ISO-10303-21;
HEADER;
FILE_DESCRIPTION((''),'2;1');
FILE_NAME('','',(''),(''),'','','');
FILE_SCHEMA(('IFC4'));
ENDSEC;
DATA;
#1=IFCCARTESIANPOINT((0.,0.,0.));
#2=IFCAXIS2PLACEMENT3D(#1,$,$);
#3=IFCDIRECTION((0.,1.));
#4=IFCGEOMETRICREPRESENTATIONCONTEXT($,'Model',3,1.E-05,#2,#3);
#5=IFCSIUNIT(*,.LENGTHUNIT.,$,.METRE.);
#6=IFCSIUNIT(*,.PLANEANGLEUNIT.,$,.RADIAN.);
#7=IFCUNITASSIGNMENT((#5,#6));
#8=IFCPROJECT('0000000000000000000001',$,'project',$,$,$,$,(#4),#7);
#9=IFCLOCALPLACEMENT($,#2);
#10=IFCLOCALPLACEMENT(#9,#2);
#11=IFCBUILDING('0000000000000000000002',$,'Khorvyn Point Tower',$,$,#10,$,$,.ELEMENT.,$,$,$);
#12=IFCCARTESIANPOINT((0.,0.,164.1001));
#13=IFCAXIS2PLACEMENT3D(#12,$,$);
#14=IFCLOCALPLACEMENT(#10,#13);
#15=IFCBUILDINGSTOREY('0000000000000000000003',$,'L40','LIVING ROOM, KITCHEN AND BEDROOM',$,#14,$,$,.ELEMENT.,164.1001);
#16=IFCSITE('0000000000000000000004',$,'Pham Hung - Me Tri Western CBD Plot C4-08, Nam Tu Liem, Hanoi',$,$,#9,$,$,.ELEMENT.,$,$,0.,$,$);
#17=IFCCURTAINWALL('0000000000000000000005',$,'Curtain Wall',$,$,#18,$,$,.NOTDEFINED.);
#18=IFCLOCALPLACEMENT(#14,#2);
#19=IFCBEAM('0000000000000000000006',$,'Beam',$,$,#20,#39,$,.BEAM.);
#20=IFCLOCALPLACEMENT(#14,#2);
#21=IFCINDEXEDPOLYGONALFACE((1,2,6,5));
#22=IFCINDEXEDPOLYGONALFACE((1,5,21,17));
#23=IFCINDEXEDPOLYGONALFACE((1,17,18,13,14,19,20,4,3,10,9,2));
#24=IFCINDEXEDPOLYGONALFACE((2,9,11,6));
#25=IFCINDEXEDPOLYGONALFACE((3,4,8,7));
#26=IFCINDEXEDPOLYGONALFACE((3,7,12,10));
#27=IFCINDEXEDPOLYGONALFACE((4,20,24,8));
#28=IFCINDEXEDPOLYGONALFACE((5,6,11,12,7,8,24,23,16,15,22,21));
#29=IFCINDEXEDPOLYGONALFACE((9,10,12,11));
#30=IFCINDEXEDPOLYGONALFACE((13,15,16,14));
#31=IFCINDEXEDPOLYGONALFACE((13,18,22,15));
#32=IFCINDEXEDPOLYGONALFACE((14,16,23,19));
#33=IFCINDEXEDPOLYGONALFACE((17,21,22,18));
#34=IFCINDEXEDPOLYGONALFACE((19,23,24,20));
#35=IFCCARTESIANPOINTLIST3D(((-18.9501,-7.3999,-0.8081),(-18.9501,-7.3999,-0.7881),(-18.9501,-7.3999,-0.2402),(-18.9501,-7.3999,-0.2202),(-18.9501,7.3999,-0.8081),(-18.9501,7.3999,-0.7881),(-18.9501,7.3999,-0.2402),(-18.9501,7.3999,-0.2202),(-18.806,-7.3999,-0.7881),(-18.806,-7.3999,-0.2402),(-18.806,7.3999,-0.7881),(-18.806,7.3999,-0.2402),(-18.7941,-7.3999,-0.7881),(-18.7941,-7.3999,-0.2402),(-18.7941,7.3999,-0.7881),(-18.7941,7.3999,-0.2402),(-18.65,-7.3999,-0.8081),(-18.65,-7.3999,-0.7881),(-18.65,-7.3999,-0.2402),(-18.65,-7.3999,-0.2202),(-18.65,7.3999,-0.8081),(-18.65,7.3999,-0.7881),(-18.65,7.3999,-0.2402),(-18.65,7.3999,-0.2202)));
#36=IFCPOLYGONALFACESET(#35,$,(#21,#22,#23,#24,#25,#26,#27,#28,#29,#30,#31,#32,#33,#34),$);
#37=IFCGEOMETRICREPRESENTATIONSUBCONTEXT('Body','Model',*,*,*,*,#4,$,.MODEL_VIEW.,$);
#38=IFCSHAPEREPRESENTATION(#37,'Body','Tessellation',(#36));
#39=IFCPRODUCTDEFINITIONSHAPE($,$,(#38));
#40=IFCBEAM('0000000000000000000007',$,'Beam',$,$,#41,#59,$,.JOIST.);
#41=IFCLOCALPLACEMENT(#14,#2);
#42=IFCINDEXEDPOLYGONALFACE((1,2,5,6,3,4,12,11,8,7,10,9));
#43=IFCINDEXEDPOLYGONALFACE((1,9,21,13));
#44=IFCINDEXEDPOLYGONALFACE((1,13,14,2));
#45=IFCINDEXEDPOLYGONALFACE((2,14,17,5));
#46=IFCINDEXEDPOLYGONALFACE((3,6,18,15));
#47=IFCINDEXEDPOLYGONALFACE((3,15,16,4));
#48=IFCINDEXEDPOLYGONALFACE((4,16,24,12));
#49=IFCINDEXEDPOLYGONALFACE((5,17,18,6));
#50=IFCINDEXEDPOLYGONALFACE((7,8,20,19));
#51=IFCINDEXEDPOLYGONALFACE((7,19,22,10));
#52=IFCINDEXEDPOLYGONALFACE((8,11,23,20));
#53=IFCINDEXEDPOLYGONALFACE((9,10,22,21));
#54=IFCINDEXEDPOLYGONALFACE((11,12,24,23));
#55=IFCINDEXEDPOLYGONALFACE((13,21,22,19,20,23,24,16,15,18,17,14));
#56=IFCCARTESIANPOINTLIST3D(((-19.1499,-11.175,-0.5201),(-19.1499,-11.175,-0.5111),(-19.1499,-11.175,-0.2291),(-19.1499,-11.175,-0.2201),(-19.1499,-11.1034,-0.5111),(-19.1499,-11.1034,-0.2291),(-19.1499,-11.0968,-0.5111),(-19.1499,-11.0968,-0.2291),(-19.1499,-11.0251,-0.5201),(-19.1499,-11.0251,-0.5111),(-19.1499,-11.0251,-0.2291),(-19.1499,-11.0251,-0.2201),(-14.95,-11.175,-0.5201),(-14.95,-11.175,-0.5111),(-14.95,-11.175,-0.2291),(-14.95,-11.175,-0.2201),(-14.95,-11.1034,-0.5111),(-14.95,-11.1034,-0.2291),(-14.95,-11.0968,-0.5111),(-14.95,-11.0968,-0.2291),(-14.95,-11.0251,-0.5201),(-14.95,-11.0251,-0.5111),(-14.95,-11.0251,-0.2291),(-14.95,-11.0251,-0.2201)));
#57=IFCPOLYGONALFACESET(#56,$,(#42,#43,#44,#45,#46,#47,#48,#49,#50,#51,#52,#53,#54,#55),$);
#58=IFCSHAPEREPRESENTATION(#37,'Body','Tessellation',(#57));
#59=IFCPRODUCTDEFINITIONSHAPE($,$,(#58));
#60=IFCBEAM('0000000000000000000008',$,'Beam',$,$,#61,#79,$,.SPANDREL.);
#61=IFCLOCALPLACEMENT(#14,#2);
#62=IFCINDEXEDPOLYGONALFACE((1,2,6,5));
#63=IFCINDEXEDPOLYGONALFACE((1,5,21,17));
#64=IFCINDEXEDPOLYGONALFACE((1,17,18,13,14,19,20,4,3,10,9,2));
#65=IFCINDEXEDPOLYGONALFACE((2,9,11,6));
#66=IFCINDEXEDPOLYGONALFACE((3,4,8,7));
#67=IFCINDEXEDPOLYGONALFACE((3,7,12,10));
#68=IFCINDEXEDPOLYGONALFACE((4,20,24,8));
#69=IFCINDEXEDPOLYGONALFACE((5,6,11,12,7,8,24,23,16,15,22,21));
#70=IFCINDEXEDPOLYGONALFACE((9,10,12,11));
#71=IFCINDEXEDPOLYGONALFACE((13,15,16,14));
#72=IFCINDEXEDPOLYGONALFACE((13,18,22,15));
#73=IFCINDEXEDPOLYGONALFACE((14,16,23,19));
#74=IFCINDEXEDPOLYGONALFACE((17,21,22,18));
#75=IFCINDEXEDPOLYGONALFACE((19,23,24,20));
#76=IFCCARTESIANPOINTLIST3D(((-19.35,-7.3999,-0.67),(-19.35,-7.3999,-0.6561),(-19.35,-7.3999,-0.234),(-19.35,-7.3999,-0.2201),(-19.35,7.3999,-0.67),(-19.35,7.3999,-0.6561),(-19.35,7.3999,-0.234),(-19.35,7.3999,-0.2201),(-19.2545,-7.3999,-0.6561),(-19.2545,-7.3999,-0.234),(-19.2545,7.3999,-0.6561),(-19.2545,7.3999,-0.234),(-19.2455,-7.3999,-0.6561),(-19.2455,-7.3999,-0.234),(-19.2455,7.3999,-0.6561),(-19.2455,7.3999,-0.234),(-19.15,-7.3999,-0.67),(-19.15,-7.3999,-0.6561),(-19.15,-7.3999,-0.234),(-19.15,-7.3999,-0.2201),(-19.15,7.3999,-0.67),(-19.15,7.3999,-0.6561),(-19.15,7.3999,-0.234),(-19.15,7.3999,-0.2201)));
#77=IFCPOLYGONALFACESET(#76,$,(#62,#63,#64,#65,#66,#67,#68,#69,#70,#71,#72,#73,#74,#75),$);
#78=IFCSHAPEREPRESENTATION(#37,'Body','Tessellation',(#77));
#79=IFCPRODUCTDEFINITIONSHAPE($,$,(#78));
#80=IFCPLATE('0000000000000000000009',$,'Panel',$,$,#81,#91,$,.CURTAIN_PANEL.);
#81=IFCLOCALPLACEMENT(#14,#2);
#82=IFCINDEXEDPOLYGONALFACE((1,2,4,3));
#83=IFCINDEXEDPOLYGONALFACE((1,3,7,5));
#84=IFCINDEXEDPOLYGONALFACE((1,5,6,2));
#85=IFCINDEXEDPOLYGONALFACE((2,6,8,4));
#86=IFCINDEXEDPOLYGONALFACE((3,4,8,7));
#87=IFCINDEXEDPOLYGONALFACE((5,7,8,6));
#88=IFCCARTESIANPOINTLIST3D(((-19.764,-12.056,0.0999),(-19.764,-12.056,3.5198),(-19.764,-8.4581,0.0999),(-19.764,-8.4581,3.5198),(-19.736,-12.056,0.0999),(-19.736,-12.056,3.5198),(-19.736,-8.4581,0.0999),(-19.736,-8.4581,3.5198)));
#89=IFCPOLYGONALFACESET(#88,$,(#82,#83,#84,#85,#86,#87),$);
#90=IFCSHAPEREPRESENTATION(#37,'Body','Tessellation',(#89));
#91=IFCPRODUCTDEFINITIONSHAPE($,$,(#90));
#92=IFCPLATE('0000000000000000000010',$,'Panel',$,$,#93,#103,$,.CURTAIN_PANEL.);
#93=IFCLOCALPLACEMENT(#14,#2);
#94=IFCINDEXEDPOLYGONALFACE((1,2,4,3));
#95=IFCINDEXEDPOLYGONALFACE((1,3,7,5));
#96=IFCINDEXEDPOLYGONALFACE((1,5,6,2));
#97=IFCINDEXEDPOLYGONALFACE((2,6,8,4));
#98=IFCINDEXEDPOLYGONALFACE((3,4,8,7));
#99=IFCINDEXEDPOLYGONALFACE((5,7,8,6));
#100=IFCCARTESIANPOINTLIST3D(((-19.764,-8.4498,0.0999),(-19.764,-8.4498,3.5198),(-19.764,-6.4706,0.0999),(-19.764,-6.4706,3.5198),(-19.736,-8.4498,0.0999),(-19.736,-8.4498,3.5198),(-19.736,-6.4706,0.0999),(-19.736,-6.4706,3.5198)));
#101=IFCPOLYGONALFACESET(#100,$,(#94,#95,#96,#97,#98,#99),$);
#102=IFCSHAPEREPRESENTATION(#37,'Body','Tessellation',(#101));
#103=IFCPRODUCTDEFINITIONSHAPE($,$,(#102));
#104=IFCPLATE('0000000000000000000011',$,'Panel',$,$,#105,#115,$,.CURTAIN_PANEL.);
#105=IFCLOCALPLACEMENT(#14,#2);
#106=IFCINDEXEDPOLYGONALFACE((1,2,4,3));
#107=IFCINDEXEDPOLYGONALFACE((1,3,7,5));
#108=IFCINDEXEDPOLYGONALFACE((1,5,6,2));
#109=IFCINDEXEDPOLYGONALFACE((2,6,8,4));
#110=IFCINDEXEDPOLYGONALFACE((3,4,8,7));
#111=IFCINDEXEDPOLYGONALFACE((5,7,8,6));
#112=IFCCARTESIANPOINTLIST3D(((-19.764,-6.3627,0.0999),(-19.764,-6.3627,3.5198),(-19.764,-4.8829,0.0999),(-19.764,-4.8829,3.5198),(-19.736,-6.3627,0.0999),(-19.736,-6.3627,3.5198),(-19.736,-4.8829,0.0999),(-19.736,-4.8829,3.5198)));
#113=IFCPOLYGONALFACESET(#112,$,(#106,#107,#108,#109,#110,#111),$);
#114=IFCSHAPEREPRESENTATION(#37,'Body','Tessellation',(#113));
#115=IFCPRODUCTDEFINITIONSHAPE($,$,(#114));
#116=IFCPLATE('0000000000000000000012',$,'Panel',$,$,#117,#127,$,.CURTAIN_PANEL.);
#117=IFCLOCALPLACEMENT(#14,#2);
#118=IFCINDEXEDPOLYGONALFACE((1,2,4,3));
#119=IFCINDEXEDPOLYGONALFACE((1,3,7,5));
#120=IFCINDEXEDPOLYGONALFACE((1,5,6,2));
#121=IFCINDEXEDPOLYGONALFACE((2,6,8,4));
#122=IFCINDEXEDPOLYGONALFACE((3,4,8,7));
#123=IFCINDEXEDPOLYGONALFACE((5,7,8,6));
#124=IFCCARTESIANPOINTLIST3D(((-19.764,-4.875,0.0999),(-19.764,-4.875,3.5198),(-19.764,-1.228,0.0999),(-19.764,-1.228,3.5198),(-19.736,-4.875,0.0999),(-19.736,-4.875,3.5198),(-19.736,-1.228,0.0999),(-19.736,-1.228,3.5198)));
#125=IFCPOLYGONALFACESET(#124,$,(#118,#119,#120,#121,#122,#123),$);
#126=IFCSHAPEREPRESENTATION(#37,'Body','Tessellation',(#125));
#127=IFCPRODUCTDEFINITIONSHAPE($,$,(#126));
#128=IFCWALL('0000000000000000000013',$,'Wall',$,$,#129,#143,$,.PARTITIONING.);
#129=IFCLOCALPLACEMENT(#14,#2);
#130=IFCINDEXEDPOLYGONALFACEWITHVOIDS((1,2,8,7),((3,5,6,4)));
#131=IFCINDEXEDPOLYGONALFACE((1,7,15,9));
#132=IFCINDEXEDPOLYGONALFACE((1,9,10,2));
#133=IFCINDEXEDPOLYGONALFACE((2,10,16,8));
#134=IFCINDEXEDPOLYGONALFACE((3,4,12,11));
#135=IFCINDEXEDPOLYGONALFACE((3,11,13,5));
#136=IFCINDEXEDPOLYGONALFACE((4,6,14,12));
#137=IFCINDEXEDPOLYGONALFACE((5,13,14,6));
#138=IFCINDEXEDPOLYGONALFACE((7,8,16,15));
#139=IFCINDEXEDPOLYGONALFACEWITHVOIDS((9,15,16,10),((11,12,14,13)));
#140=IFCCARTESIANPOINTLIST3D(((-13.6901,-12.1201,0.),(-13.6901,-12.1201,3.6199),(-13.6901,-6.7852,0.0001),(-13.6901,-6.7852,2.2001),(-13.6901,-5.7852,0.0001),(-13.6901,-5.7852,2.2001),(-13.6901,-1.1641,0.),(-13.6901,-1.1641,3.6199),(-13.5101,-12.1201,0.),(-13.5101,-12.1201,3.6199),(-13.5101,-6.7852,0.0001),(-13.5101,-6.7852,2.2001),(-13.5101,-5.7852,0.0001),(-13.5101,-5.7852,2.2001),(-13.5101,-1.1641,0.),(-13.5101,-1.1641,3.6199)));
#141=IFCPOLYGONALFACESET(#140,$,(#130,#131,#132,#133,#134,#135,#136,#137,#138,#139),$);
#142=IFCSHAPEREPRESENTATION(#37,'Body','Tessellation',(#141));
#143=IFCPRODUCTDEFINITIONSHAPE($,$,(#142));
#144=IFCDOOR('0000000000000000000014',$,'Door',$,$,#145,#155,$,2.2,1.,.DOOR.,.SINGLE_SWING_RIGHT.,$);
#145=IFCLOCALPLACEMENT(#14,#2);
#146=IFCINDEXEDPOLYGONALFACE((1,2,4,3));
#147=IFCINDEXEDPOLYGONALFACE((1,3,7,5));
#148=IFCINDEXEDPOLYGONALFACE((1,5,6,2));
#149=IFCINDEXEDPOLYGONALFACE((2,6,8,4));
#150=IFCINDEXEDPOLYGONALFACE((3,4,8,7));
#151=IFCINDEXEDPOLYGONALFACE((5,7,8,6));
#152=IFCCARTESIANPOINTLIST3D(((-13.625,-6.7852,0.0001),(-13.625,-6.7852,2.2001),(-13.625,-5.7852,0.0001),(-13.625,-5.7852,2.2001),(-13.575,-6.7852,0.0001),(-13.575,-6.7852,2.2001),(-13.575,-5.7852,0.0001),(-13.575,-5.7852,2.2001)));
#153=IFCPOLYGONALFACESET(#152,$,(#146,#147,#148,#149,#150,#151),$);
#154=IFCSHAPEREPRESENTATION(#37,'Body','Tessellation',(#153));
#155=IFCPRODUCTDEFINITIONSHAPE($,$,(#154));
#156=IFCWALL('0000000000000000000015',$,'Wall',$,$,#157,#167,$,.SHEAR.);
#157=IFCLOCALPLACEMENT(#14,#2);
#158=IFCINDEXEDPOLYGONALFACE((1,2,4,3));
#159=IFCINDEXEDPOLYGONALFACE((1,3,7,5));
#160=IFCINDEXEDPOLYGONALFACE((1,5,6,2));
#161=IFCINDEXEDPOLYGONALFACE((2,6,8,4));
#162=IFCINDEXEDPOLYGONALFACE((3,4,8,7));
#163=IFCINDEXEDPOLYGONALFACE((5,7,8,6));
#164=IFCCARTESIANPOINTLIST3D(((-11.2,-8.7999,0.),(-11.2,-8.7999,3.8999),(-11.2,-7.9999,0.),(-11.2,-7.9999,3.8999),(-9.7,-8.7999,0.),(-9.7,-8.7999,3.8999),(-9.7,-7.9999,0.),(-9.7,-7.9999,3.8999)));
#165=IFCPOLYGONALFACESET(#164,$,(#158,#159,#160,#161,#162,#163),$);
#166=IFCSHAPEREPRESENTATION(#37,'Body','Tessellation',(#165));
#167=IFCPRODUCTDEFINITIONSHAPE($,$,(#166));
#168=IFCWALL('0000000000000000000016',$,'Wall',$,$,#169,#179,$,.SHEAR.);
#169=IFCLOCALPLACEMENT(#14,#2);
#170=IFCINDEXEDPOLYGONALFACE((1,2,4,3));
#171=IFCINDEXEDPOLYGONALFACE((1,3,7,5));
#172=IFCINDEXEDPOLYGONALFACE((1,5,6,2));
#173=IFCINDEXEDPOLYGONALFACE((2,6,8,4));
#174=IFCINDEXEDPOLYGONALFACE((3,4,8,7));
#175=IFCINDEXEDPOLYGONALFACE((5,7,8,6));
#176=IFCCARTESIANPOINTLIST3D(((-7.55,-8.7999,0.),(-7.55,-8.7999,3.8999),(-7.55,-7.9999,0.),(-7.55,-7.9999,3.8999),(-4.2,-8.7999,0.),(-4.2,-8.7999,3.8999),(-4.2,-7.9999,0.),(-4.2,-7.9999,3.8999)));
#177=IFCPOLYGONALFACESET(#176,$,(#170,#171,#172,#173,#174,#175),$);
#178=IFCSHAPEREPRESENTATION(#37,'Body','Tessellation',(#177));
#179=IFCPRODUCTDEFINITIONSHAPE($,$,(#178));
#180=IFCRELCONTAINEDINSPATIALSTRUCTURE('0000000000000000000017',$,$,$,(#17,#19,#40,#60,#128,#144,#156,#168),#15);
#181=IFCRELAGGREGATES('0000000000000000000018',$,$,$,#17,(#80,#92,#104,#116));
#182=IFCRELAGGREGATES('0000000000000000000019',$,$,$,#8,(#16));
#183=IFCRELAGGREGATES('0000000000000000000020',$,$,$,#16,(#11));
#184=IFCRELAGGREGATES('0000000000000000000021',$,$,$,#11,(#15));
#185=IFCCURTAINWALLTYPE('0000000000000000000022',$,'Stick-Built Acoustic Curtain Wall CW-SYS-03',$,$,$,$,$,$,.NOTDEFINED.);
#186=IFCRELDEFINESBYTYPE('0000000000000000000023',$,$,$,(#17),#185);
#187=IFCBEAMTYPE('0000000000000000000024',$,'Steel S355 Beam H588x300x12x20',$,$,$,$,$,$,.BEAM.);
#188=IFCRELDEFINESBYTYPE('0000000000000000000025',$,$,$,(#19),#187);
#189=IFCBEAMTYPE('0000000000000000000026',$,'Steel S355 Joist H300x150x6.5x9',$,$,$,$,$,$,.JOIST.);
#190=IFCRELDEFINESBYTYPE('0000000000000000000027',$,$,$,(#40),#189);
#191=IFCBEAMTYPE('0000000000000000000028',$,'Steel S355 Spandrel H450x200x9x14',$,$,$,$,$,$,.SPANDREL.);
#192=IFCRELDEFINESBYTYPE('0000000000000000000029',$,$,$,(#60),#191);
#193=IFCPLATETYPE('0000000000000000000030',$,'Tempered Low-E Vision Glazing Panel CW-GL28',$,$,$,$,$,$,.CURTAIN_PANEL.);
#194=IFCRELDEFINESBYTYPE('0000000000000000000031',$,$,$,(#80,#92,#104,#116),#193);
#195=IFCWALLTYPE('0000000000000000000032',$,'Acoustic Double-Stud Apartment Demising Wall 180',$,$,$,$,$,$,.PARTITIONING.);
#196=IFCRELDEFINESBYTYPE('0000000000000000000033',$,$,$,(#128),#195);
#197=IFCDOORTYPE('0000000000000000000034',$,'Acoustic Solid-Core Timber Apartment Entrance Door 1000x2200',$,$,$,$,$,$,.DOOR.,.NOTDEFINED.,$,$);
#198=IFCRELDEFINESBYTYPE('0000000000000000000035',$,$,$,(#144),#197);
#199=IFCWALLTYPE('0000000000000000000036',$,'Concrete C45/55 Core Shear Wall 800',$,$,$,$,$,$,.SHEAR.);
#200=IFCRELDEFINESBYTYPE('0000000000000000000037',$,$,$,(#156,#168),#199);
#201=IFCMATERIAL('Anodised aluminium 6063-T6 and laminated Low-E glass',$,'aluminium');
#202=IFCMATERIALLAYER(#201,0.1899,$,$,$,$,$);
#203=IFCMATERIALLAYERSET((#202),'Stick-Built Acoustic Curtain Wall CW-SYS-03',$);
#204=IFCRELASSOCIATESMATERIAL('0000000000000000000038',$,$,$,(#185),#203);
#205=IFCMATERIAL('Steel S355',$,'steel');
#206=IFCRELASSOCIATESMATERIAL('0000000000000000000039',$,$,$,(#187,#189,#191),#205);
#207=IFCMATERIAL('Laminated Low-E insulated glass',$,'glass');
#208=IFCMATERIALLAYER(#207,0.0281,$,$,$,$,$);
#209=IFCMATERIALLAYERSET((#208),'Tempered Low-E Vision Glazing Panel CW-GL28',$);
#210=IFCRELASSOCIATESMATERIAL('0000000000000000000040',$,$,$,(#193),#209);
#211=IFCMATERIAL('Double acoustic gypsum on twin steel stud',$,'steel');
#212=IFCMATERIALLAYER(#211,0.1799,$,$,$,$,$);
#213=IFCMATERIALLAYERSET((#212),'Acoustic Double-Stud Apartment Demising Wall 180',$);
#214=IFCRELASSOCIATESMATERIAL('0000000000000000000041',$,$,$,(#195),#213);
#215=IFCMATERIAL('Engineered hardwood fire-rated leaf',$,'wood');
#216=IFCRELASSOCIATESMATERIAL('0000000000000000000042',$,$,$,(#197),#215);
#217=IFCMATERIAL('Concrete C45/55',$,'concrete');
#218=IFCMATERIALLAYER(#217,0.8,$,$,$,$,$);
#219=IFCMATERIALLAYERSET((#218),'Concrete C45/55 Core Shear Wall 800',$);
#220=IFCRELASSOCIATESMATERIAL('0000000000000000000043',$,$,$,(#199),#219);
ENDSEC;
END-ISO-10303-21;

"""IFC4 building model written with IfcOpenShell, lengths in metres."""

from ifc_helpers import new_model, si_unit, direction, frame, frame_2d, origin, origin_2d, place, context, subcontext, project, spatial, rectangle, i_section, extrude, material, layer, layer_set, material_profile, profile_set, type_object, element, fill, aggregate, save


model = new_model("IFC4")

# Units and contexts
model_context = context("Model", 3, precision=1e-05, world=origin(), true_north=direction((0.0, 1.0)))
body_context = subcontext(model_context, "Body", "Model", "MODEL_VIEW")
ifc_project = project(units=[si_unit("LENGTHUNIT", "METRE"), si_unit("PLANEANGLEUNIT", "RADIAN")], contexts=[model_context])

# Site, building, storey
site_placement = place(None, origin())
site = spatial("IfcSite", under=ifc_project, at=site_placement, Name="Pham Hung - Me Tri Western CBD Plot C4-08, Nam Tu Liem, Hanoi", CompositionType="ELEMENT", RefElevation=0.0)
building_placement = place(site_placement, origin())
building = spatial("IfcBuilding", under=site, at=building_placement, Name="Khorvyn Point Tower", CompositionType="ELEMENT")
storey_placement = place(building_placement, frame((0.0, 0.0, 164.1001)))
storey = spatial("IfcBuildingStorey", under=building, at=storey_placement, Name="L40", Description="LIVING ROOM, KITCHEN AND BEDROOM", CompositionType="ELEMENT", Elevation=164.1001)

# Shared definitions
ifc_material_1 = material(Name="Concrete C45/55", Category="concrete")

# Curtain wall
ifc_material_2 = material(Name="Anodised aluminium 6063-T6 and laminated Low-E glass", Category="aluminium")
ifc_layer_1 = layer(ifc_material_2, 0.1899)
ifc_layer_set_1 = layer_set([ifc_layer_1], Name="Stick-Built Acoustic Curtain Wall CW-SYS-03")
curtain_wall_type = type_object("IfcCurtainWallType", Name="Stick-Built Acoustic Curtain Wall CW-SYS-03", PredefinedType="NOTDEFINED", material=ifc_layer_set_1)
curtain_wall_placement = place(storey_placement, origin())
curtain_wall = element("IfcCurtainWall", 1, at=curtain_wall_placement, inside=storey, type_object=curtain_wall_type, Name="Curtain Wall", PredefinedType="NOTDEFINED")

# Beams
ifc_material_3 = material(Name="Steel S355", Category="steel")
ifc_material_profile_1 = material_profile(ifc_material_3, i_section(OverallWidth=0.3, OverallDepth=0.5879, WebThickness=0.012, FlangeThickness=0.02, at=origin_2d()))
ifc_profile_set_1 = profile_set([ifc_material_profile_1], Name="Steel S355 H588x300x12x20")
beam_type_1 = type_object("IfcBeamType", Name="Steel S355 Beam H588x300x12x20", PredefinedType="BEAM", material=ifc_profile_set_1)
for number, where, z_axis, x_axis, name in (
    (2, (-18.8, -7.3999, -0.5142), (0.0, 1.0, 0.0), (-1.0, 0.0, 0.0), "Beam"),
):
    element("IfcBeam", number, at=place(storey_placement, frame(where, z_axis=z_axis, x_axis=x_axis)), inside=storey, type_object=beam_type_1, Name=name, PredefinedType="BEAM", context=body_context, shape_type="SweptSolid", body=[
        extrude(i_section(OverallWidth=0.3, OverallDepth=0.5879, WebThickness=0.012, FlangeThickness=0.02, at=origin_2d()), origin(), (0.0, 0.0, 1.0), 14.7998),
    ])
ifc_material_profile_2 = material_profile(ifc_material_3, i_section(OverallWidth=0.1499, OverallDepth=0.3, WebThickness=0.0066, FlangeThickness=0.009, at=origin_2d()))
ifc_profile_set_2 = profile_set([ifc_material_profile_2], Name="Steel S355 H300x150x6.5x9")
beam_type_2 = type_object("IfcBeamType", Name="Steel S355 Joist H300x150x6.5x9", PredefinedType="JOIST", material=ifc_profile_set_2)
beam_1_placement = place(storey_placement, frame((-19.1499, -11.1001, -0.3701), z_axis=(1.0, 0.0, 0.0), x_axis=(0.0, 1.0, 0.0)))
element("IfcBeam", 3, at=beam_1_placement, inside=storey, type_object=beam_type_2, Name="Beam", PredefinedType="JOIST", context=body_context, shape_type="SweptSolid", body=[
    extrude(i_section(OverallWidth=0.1499, OverallDepth=0.3, WebThickness=0.0066, FlangeThickness=0.009, at=origin_2d()), origin(), (0.0, 0.0, 1.0), 4.2),
])
ifc_material_profile_3 = material_profile(ifc_material_3, i_section(OverallWidth=0.2, OverallDepth=0.45, WebThickness=0.009, FlangeThickness=0.0139, at=origin_2d()))
ifc_profile_set_3 = profile_set([ifc_material_profile_3], Name="Steel S355 H450x200x9x14")
beam_type_3 = type_object("IfcBeamType", Name="Steel S355 Spandrel H450x200x9x14", PredefinedType="SPANDREL", material=ifc_profile_set_3)
beam_2_placement = place(storey_placement, frame((-19.25, -7.3999, -0.4451), z_axis=(0.0, 1.0, 0.0), x_axis=(-1.0, 0.0, 0.0)))
element("IfcBeam", 4, at=beam_2_placement, inside=storey, type_object=beam_type_3, Name="Beam", PredefinedType="SPANDREL", context=body_context, shape_type="SweptSolid", body=[
    extrude(i_section(OverallWidth=0.2, OverallDepth=0.45, WebThickness=0.009, FlangeThickness=0.0139, at=origin_2d()), origin(), (0.0, 0.0, 1.0), 14.7998),
])

# Plates
ifc_material_4 = material(Name="Laminated Low-E insulated glass", Category="glass")
ifc_layer_2 = layer(ifc_material_4, 0.0281)
ifc_layer_set_2 = layer_set([ifc_layer_2], Name="Tempered Low-E Vision Glazing Panel CW-GL28")
plate_type = type_object("IfcPlateType", Name="Tempered Low-E Vision Glazing Panel CW-GL28", PredefinedType="CURTAIN_PANEL", material=ifc_layer_set_2)
plate_1_placement = place(storey_placement, frame((-19.75, -10.2571, 0.0999), z_axis=(0.0, 0.0, 1.0), x_axis=(0.0, 1.0, 0.0)))
plate_1 = element("IfcPlate", 5, at=plate_1_placement, type_object=plate_type, Name="Panel", PredefinedType="CURTAIN_PANEL", context=body_context, shape_type="SweptSolid", body=[
    extrude(rectangle(XDim=3.5979, YDim=0.0281, at=origin_2d()), origin(), (0.0, 0.0, 1.0), 3.4199),
])
plate_2_placement = place(storey_placement, frame((-19.75, -7.4602, 0.0999), z_axis=(0.0, 0.0, 1.0), x_axis=(0.0, 1.0, 0.0)))
plate_2 = element("IfcPlate", 6, at=plate_2_placement, type_object=plate_type, Name="Panel", PredefinedType="CURTAIN_PANEL", context=body_context, shape_type="SweptSolid", body=[
    extrude(rectangle(XDim=1.9792, YDim=0.0281, at=origin_2d()), origin(), (0.0, 0.0, 1.0), 3.4199),
])
plate_3_placement = place(storey_placement, frame((-19.75, -5.6228, 0.0999), z_axis=(0.0, 0.0, 1.0), x_axis=(0.0, 1.0, 0.0)))
plate_3 = element("IfcPlate", 7, at=plate_3_placement, type_object=plate_type, Name="Panel", PredefinedType="CURTAIN_PANEL", context=body_context, shape_type="SweptSolid", body=[
    extrude(rectangle(XDim=1.4797, YDim=0.0281, at=origin_2d()), origin(), (0.0, 0.0, 1.0), 3.4199),
])
plate_4_placement = place(storey_placement, frame((-19.75, -3.0515, 0.0999), z_axis=(0.0, 0.0, 1.0), x_axis=(0.0, 1.0, 0.0)))
plate_4 = element("IfcPlate", 8, at=plate_4_placement, type_object=plate_type, Name="Panel", PredefinedType="CURTAIN_PANEL", context=body_context, shape_type="SweptSolid", body=[
    extrude(rectangle(XDim=3.647, YDim=0.0281, at=origin_2d()), origin(), (0.0, 0.0, 1.0), 3.4199),
])
aggregate(curtain_wall, [plate_1, plate_2, plate_3, plate_4])

# Wall, opening, door
ifc_material_5 = material(Name="Double acoustic gypsum on twin steel stud", Category="steel")
ifc_layer_3 = layer(ifc_material_5, 0.1799)
ifc_layer_set_3 = layer_set([ifc_layer_3], Name="Acoustic Double-Stud Apartment Demising Wall 180")
wall_type_1 = type_object("IfcWallType", Name="Acoustic Double-Stud Apartment Demising Wall 180", PredefinedType="PARTITIONING", material=ifc_layer_set_3)
wall_1_placement = place(storey_placement, frame((-13.6001, -12.1201, 0.0), z_axis=(0.0, 0.0, 1.0), x_axis=(0.0, 1.0, 0.0)))
wall_1 = element("IfcWall", 9, at=wall_1_placement, inside=storey, type_object=wall_type_1, Name="Wall", PredefinedType="PARTITIONING", context=body_context, shape_type="SweptSolid", body=[
    extrude(rectangle(XDim=10.9561, YDim=0.1799, at=frame_2d((5.478, 0.0))), origin(), (0.0, 0.0, 1.0), 3.6199),
])
opening_1_placement = place(wall_1_placement, frame((5.335, 0.0, 0.0)))
opening_1 = element("IfcOpeningElement", 10, at=opening_1_placement, cuts=wall_1, PredefinedType="OPENING", context=body_context, shape_type="SweptSolid", body=[
    extrude(rectangle(XDim=1.0, YDim=2.2, at=frame_2d((0.5, 1.1001))), frame((0.0, 0.0999, 0.0), z_axis=(0.0, -1.0, 0.0), x_axis=(1.0, 0.0, 0.0)), (0.0, 0.0, 1.0), 0.2),
])
ifc_material_6 = material(Name="Engineered hardwood fire-rated leaf", Category="wood")
door_type_1 = type_object("IfcDoorType", Name="Acoustic Solid-Core Timber Apartment Entrance Door 1000x2200", OperationType="NOTDEFINED", PredefinedType="DOOR", material=ifc_material_6)
door_1_placement = place(opening_1_placement, origin())
door_1 = element("IfcDoor", 11, at=door_1_placement, inside=storey, type_object=door_type_1, Name="Door", OperationType="SINGLE_SWING_RIGHT", OverallHeight=2.2, OverallWidth=1.0, PredefinedType="DOOR", context=body_context, shape_type="SweptSolid", body=[
    extrude(rectangle(XDim=1.0, YDim=2.2, at=frame_2d((0.5, 1.1001))), frame((0.0, 0.0249, 0.0), z_axis=(0.0, -1.0, 0.0), x_axis=(1.0, 0.0, 0.0)), (0.0, 0.0, 1.0), 0.05),
])
fill(opening_1, door_1)

# Walls
ifc_layer_4 = layer(ifc_material_1, 0.8)
ifc_layer_set_4 = layer_set([ifc_layer_4], Name="Concrete C45/55 Core Shear Wall 800")
wall_type_2 = type_object("IfcWallType", Name="Concrete C45/55 Core Shear Wall 800", PredefinedType="SHEAR", material=ifc_layer_set_4)
wall_2_placement = place(storey_placement, frame((-11.2, -8.3999, 0.0), z_axis=(0.0, 0.0, 1.0), x_axis=(1.0, 0.0, 0.0)))
element("IfcWall", 12, at=wall_2_placement, inside=storey, type_object=wall_type_2, Name="Wall", PredefinedType="SHEAR", context=body_context, shape_type="SweptSolid", body=[
    extrude(rectangle(XDim=1.5, YDim=0.8, at=frame_2d((0.75, 0.0))), origin(), (0.0, 0.0, 1.0), 3.8999),
])
wall_3_placement = place(storey_placement, frame((-7.55, -8.3999, 0.0), z_axis=(0.0, 0.0, 1.0), x_axis=(1.0, 0.0, 0.0)))
element("IfcWall", 13, at=wall_3_placement, inside=storey, type_object=wall_type_2, Name="Wall", PredefinedType="SHEAR", context=body_context, shape_type="SweptSolid", body=[
    extrude(rectangle(XDim=3.3501, YDim=0.8, at=frame_2d((1.675, 0.0))), origin(), (0.0, 0.0, 1.0), 3.8999),
])

save(model, "model.ifc")
